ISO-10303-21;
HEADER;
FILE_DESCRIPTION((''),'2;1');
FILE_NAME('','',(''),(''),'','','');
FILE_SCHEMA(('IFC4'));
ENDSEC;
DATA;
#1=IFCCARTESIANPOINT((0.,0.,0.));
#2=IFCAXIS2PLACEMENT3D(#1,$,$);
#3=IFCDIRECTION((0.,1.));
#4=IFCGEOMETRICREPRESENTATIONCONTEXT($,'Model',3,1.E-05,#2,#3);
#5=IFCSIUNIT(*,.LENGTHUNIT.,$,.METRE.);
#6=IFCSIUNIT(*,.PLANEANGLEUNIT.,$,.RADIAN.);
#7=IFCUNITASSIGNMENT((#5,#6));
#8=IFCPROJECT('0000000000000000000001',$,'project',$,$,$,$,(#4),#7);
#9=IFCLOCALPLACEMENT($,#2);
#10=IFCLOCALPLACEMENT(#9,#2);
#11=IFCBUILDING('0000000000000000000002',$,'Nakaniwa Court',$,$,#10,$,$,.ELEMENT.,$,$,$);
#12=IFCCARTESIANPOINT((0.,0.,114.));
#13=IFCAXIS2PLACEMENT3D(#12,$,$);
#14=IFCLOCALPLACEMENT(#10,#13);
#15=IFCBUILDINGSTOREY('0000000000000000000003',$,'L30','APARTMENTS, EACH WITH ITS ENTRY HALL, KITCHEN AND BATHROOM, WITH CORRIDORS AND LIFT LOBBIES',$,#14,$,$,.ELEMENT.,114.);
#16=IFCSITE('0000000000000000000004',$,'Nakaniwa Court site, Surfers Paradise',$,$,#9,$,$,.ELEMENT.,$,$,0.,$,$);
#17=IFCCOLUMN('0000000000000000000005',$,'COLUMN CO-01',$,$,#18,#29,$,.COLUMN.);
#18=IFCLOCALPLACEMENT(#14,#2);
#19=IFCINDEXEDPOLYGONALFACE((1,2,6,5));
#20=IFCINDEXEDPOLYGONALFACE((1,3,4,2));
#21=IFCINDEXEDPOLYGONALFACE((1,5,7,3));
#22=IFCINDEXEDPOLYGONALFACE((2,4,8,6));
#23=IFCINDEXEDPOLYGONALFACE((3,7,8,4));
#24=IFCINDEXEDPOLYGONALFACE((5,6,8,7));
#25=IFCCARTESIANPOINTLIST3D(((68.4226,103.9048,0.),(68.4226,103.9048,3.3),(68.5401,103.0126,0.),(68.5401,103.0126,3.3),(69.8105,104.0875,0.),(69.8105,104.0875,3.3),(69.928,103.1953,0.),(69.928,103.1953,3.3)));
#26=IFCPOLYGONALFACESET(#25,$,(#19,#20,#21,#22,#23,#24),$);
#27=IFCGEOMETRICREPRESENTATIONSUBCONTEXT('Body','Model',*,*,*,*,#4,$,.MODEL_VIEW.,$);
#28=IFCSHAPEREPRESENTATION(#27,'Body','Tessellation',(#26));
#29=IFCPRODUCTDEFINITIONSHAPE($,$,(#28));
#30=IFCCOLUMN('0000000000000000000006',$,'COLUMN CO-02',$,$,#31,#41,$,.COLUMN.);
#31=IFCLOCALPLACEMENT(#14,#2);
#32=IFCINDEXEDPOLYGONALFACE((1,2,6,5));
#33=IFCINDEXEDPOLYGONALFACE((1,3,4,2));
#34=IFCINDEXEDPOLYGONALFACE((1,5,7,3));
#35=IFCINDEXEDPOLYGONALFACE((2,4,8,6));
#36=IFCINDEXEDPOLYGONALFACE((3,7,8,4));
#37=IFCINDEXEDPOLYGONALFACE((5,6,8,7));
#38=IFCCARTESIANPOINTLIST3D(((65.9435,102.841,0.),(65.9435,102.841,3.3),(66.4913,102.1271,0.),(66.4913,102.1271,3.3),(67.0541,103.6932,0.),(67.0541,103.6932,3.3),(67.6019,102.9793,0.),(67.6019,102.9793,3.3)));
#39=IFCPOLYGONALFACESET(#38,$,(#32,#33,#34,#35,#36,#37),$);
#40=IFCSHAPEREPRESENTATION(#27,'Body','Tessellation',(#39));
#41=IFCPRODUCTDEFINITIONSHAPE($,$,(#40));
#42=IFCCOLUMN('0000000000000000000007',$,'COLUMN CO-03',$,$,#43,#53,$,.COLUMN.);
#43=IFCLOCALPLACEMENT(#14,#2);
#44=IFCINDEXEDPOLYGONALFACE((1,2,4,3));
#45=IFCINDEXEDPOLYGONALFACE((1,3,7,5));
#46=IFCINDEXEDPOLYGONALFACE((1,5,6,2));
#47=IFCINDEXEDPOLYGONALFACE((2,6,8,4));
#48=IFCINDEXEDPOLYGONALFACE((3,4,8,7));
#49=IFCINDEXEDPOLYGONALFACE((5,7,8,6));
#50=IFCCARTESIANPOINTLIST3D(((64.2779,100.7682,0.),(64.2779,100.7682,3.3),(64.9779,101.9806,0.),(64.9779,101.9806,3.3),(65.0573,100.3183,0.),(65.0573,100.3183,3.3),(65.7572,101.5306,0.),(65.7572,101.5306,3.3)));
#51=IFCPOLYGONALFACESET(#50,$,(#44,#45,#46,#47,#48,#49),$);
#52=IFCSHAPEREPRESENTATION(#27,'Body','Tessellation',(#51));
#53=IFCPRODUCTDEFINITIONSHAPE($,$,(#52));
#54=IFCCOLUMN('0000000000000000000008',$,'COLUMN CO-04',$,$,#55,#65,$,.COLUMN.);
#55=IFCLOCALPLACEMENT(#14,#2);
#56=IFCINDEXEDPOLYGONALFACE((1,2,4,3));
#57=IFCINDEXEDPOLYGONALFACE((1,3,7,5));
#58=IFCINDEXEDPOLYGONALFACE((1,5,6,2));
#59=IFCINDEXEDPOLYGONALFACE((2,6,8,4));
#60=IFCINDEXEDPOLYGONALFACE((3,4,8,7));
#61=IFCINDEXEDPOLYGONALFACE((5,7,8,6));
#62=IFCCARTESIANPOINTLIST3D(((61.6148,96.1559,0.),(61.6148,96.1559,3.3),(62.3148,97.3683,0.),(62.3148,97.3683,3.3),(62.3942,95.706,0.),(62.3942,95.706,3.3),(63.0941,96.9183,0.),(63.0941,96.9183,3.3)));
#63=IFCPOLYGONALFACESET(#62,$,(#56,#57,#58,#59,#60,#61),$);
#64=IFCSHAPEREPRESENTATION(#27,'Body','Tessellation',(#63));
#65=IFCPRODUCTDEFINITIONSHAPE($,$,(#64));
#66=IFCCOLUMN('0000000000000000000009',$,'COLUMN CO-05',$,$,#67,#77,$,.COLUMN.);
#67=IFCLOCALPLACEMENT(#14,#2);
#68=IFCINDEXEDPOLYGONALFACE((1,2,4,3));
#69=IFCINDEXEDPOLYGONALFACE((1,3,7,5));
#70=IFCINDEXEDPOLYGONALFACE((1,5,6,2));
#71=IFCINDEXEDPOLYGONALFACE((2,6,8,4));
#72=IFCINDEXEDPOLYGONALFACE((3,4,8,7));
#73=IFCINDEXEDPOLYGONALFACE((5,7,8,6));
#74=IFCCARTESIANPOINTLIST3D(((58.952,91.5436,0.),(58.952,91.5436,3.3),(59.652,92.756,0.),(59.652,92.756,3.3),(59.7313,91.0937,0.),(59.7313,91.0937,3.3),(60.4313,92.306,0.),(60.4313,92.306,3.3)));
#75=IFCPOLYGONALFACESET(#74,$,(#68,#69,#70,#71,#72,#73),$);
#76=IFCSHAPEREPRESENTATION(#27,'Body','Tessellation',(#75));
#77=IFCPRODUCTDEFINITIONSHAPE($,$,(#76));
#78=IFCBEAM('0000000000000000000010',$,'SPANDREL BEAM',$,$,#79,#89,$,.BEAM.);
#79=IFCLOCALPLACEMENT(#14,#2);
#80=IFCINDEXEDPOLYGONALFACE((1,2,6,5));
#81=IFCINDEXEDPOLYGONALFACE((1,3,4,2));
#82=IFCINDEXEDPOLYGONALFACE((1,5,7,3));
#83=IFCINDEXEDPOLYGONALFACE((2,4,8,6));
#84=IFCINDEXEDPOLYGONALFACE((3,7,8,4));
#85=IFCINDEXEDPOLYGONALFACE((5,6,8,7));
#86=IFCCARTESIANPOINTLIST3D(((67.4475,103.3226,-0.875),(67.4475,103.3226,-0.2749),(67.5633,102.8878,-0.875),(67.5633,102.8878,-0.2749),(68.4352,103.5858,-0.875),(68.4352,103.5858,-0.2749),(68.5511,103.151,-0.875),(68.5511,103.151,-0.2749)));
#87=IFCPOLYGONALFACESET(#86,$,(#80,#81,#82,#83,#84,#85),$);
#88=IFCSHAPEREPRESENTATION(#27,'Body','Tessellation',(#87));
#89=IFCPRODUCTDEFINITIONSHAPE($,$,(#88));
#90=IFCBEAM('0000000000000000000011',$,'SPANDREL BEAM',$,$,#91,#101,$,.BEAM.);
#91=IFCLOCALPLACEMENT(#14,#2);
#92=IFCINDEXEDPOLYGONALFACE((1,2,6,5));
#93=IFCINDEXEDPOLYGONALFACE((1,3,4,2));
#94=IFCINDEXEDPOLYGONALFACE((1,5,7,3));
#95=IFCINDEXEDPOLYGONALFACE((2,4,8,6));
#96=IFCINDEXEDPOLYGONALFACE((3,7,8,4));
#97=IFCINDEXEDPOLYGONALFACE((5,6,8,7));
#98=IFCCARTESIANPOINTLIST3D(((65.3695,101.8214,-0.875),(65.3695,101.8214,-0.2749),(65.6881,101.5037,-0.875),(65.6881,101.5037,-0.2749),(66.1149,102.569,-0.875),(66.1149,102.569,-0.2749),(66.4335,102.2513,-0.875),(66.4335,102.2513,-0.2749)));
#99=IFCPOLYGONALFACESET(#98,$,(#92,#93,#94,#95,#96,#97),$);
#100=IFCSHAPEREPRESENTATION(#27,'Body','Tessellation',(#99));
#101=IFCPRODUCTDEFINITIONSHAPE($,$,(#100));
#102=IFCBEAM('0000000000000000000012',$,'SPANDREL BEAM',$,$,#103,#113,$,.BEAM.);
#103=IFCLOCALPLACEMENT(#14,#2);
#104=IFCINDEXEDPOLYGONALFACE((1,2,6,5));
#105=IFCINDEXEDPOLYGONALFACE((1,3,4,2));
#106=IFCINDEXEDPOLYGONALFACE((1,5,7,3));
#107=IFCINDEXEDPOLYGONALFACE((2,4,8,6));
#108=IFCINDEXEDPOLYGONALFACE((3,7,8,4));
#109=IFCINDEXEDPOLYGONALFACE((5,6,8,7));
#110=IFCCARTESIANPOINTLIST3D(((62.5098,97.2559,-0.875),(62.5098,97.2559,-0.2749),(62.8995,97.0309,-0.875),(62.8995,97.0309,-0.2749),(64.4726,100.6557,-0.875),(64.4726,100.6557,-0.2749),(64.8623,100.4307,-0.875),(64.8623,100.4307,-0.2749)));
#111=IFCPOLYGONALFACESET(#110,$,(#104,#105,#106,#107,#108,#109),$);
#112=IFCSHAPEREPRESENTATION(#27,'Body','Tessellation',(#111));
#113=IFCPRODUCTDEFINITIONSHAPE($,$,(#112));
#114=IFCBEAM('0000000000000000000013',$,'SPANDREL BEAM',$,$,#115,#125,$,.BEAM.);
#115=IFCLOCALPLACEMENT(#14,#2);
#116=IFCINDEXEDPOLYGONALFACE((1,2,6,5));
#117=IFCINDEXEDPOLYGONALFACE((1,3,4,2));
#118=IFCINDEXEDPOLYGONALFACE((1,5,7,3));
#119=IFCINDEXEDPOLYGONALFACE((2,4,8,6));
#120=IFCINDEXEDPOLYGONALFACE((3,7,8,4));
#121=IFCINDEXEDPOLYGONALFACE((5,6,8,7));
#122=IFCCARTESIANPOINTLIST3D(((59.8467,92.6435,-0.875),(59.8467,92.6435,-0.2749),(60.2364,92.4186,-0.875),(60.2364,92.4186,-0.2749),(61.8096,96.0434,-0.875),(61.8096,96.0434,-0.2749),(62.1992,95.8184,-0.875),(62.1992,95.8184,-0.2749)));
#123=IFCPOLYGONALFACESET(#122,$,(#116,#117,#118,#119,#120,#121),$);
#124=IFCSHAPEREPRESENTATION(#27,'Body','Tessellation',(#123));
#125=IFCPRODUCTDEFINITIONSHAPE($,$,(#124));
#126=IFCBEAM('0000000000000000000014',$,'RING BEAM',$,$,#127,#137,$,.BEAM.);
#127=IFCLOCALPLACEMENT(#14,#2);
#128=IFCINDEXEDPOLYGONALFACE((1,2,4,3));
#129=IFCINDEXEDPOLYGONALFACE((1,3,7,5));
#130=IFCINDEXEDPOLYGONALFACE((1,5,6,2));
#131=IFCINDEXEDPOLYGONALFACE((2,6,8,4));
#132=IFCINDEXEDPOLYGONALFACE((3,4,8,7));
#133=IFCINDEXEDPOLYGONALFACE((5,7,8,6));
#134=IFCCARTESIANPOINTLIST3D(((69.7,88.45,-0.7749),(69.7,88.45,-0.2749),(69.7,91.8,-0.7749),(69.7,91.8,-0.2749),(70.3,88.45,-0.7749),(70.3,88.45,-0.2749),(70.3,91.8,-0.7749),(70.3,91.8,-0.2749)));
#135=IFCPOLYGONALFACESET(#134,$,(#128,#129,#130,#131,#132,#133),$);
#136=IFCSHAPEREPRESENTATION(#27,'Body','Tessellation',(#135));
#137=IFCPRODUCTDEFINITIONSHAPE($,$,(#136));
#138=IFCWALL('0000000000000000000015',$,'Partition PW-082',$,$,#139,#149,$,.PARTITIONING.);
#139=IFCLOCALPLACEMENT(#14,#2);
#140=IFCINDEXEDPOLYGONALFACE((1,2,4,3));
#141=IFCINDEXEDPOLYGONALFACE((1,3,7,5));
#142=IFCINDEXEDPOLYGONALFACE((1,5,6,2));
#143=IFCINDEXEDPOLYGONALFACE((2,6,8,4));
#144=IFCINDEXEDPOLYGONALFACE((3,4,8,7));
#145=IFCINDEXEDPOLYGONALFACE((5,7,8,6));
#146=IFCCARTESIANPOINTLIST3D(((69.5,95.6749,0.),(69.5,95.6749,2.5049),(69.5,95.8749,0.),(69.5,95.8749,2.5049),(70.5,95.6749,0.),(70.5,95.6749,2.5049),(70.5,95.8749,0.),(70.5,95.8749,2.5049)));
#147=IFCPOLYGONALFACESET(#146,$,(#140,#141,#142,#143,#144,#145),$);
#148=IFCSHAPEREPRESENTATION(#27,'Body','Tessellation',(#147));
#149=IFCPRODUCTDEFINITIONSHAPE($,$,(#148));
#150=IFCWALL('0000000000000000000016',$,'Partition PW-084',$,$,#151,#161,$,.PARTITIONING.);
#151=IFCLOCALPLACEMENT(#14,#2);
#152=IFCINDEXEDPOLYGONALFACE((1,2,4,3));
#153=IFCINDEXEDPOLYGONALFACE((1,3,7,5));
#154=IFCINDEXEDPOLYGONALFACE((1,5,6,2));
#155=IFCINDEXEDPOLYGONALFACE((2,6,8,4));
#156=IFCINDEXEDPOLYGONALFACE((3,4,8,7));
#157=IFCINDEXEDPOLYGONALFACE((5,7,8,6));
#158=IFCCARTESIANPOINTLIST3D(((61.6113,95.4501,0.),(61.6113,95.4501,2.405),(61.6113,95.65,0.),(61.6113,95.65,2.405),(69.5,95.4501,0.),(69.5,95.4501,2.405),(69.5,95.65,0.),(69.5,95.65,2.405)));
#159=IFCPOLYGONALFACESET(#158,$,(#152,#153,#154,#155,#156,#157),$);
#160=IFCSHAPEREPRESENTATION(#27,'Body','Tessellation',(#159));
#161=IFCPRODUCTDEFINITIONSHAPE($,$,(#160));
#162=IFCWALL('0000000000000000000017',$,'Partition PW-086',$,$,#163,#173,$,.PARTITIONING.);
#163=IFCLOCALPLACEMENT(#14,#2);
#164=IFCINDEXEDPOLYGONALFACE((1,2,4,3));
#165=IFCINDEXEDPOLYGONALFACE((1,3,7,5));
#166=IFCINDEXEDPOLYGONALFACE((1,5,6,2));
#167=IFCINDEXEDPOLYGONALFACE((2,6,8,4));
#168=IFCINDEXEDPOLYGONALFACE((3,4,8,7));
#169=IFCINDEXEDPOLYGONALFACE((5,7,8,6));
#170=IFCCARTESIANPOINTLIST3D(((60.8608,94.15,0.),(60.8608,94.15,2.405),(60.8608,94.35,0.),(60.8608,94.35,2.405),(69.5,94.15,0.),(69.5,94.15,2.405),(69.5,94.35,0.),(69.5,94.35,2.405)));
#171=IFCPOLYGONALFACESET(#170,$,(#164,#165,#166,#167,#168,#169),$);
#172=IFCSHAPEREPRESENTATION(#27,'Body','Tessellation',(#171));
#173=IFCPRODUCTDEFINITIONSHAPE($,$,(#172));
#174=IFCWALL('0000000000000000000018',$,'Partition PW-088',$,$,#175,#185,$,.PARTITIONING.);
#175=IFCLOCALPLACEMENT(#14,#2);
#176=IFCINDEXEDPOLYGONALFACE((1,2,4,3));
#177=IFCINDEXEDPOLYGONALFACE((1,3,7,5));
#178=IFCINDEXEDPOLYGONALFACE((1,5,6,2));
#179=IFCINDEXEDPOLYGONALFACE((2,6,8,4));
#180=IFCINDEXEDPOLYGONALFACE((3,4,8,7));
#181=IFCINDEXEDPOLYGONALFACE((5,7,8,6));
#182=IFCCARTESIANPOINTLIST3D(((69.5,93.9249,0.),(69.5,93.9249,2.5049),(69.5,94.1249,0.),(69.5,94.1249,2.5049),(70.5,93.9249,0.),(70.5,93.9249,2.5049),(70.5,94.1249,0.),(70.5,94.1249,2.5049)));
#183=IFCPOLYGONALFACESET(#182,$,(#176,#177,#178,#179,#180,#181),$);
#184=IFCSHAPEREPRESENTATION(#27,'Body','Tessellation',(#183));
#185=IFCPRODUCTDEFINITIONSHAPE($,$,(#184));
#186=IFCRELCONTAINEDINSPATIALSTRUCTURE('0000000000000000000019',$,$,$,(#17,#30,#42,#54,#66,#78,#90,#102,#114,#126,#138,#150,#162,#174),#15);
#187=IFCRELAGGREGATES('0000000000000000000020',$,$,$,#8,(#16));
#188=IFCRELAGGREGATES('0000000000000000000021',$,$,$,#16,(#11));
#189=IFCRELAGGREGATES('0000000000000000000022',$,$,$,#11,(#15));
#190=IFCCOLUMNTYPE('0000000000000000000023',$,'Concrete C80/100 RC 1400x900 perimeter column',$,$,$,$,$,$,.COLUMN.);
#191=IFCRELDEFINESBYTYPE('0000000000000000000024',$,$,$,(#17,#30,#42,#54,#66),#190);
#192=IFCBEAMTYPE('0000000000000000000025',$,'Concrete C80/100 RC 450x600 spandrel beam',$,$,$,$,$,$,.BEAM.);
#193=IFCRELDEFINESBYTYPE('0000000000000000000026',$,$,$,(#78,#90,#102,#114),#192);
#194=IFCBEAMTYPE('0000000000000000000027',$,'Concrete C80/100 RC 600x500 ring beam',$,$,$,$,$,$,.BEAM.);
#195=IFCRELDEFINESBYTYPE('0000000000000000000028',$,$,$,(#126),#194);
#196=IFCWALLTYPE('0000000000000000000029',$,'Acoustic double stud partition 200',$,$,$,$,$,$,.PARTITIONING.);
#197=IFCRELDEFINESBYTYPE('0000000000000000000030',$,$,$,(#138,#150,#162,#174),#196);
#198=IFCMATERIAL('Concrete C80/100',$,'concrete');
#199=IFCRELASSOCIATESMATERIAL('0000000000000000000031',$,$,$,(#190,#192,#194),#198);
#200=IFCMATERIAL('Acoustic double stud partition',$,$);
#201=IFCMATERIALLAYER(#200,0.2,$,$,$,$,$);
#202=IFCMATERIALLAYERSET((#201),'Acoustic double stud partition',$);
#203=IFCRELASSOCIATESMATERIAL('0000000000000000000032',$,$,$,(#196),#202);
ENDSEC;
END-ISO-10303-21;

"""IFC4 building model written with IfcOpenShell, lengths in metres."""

from ifc_helpers import new_model, si_unit, direction, frame, frame_2d, origin, origin_2d, place, context, subcontext, project, spatial, rectangle, extrude, material, layer, layer_set, material_profile, profile_set, type_object, element, save


model = new_model("IFC4")

# Units and contexts
model_context = context("Model", 3, precision=1e-05, world=origin(), true_north=direction((0.0, 1.0)))
body_context = subcontext(model_context, "Body", "Model", "MODEL_VIEW")
ifc_project = project(units=[si_unit("LENGTHUNIT", "METRE"), si_unit("PLANEANGLEUNIT", "RADIAN")], contexts=[model_context])

# Site, building, storey
site_placement = place(None, origin())
site = spatial("IfcSite", under=ifc_project, at=site_placement, Name="Nakaniwa Court site, Surfers Paradise", CompositionType="ELEMENT", RefElevation=0.0)
building_placement = place(site_placement, origin())
building = spatial("IfcBuilding", under=site, at=building_placement, Name="Nakaniwa Court", CompositionType="ELEMENT")
storey_placement = place(building_placement, frame((0.0, 0.0, 114.0)))
storey = spatial("IfcBuildingStorey", under=building, at=storey_placement, Name="L30", Description="APARTMENTS, EACH WITH ITS ENTRY HALL, KITCHEN AND BATHROOM, WITH CORRIDORS AND LIFT LOBBIES", CompositionType="ELEMENT", Elevation=114.0)

# Columns
ifc_material_1 = material(Name="Concrete C80/100", Category="concrete")
ifc_material_profile_1 = material_profile(ifc_material_1, rectangle(XDim=1.3999, YDim=0.8999, at=origin_2d()), Name="Concrete C80/100 RC 1400x900 perimeter column")
ifc_profile_set_1 = profile_set([ifc_material_profile_1], Name="Concrete C80/100")
column_type = type_object("IfcColumnType", Name="Concrete C80/100 RC 1400x900 perimeter column", PredefinedType="COLUMN", material=ifc_profile_set_1)
for number, where, z_axis, x_axis, name in (
    (1, (69.1753, 103.55, 0.0), (0.0, 0.0, 1.0), (-0.991443, -0.130543, 0.0), "COLUMN CO-01"),
    (2, (66.7727, 102.9102, 0.0), (0.0, 0.0, 1.0), (-0.793364, -0.608748, 0.0), "COLUMN CO-02"),
    (3, (65.0176, 101.1494, 0.0), (0.0, 0.0, 1.0), (-0.5, -0.866025, 0.0), "COLUMN CO-03"),
    (4, (62.3545, 96.5371, 0.0), (0.0, 0.0, 1.0), (-0.5, -0.866025, 0.0), "COLUMN CO-04"),
    (5, (59.6917, 91.9248, 0.0), (0.0, 0.0, 1.0), (-0.5, -0.866025, 0.0), "COLUMN CO-05"),
):
    element("IfcColumn", number, at=place(storey_placement, frame(where, z_axis=z_axis, x_axis=x_axis)), inside=storey, type_object=column_type, Name=name, PredefinedType="COLUMN", context=body_context, shape_type="SweptSolid", body=[
        extrude(rectangle(XDim=1.3999, YDim=0.8999, at=origin_2d()), origin(), (0.0, 0.0, 1.0), 3.3),
    ])

# Beams
ifc_material_profile_2 = material_profile(ifc_material_1, rectangle(XDim=0.45, YDim=0.6001, at=origin_2d()), Name="Concrete C80/100 RC 450x600 spandrel beam")
ifc_profile_set_2 = profile_set([ifc_material_profile_2], Name="Concrete C80/100")
beam_type_1 = type_object("IfcBeamType", Name="Concrete C80/100 RC 450x600 spandrel beam", PredefinedType="BEAM", material=ifc_profile_set_2)
beam_1_placement = place(storey_placement, frame((68.4932, 103.3684, -0.575), z_axis=(-0.96629, -0.257455, 0.0), x_axis=(0.257455, -0.96629, 0.0)))
element("IfcBeam", 6, at=beam_1_placement, inside=storey, type_object=beam_type_1, Name="SPANDREL BEAM", PredefinedType="BEAM", context=body_context, shape_type="SweptSolid", body=[
    extrude(rectangle(XDim=0.45, YDim=0.6001, at=origin_2d()), origin(), (0.0, 0.0, 1.0), 1.0222),
])
beam_2_placement = place(storey_placement, frame((66.2742, 102.4102, -0.575), z_axis=(-0.706065, -0.708147, 0.0), x_axis=(0.708147, -0.706065, 0.0)))
element("IfcBeam", 7, at=beam_2_placement, inside=storey, type_object=beam_type_1, Name="SPANDREL BEAM", PredefinedType="BEAM", context=body_context, shape_type="SweptSolid", body=[
    extrude(rectangle(XDim=0.45, YDim=0.6001, at=origin_2d()), origin(), (0.0, 0.0, 1.0), 1.0557),
])
for number, where, z_axis, x_axis, name in (
    (8, (64.6675, 100.5432, -0.575), (-0.499992, -0.86603, 0.0), (0.86603, -0.499992, 0.0), "SPANDREL BEAM"),
    (9, (62.0044, 95.9309, -0.575), (-0.499992, -0.86603, 0.0), (0.86603, -0.499992, 0.0), "SPANDREL BEAM"),
):
    element("IfcBeam", number, at=place(storey_placement, frame(where, z_axis=z_axis, x_axis=x_axis)), inside=storey, type_object=beam_type_1, Name=name, PredefinedType="BEAM", context=body_context, shape_type="SweptSolid", body=[
        extrude(rectangle(XDim=0.45, YDim=0.6001, at=origin_2d()), origin(), (0.0, 0.0, 1.0), 3.9258),
    ])
ifc_material_profile_3 = material_profile(ifc_material_1, rectangle(XDim=0.6001, YDim=0.5, at=origin_2d()), Name="Concrete C80/100 RC 600x500 ring beam")
ifc_profile_set_3 = profile_set([ifc_material_profile_3], Name="Concrete C80/100")
beam_type_2 = type_object("IfcBeamType", Name="Concrete C80/100 RC 600x500 ring beam", PredefinedType="BEAM", material=ifc_profile_set_3)
beam_3_placement = place(storey_placement, frame((70.0, 91.8, -0.5249), z_axis=(0.0, -1.0, 0.0), x_axis=(1.0, 0.0, 0.0)))
element("IfcBeam", 10, at=beam_3_placement, inside=storey, type_object=beam_type_2, Name="RING BEAM", PredefinedType="BEAM", context=body_context, shape_type="SweptSolid", body=[
    extrude(rectangle(XDim=0.6001, YDim=0.5, at=origin_2d()), origin(), (0.0, 0.0, 1.0), 3.3501),
])

# Walls
ifc_material_2 = material(Name="Acoustic double stud partition")
ifc_layer_1 = layer(ifc_material_2, 0.2)
ifc_layer_set_1 = layer_set([ifc_layer_1], Name="Acoustic double stud partition")
wall_type_1 = type_object("IfcWallType", Name="Acoustic double stud partition 200", PredefinedType="PARTITIONING", material=ifc_layer_set_1)
wall_1_placement = place(storey_placement, frame((69.5, 95.7749, 0.0), z_axis=(0.0, 0.0, 1.0), x_axis=(1.0, 0.0, 0.0)))
element("IfcWall", 11, at=wall_1_placement, inside=storey, type_object=wall_type_1, Name="Partition PW-082", PredefinedType="PARTITIONING", context=body_context, shape_type="SweptSolid", body=[
    extrude(rectangle(XDim=1.0, YDim=0.2, at=frame_2d((0.5, 0.0))), origin(), (0.0, 0.0, 1.0), 2.5049),
])
wall_2_placement = place(storey_placement, frame((61.6113, 95.55, 0.0), z_axis=(0.0, 0.0, 1.0), x_axis=(1.0, 0.0, 0.0)))
element("IfcWall", 12, at=wall_2_placement, inside=storey, type_object=wall_type_1, Name="Partition PW-084", PredefinedType="PARTITIONING", context=body_context, shape_type="SweptSolid", body=[
    extrude(rectangle(XDim=7.8887, YDim=0.2, at=frame_2d((3.9443, 0.0))), origin(), (0.0, 0.0, 1.0), 2.405),
])
wall_3_placement = place(storey_placement, frame((60.8608, 94.25, 0.0), z_axis=(0.0, 0.0, 1.0), x_axis=(1.0, 0.0, 0.0)))
element("IfcWall", 13, at=wall_3_placement, inside=storey, type_object=wall_type_1, Name="Partition PW-086", PredefinedType="PARTITIONING", context=body_context, shape_type="SweptSolid", body=[
    extrude(rectangle(XDim=8.6392, YDim=0.2, at=frame_2d((4.3196, 0.0))), origin(), (0.0, 0.0, 1.0), 2.405),
])
wall_4_placement = place(storey_placement, frame((69.5, 94.0249, 0.0), z_axis=(0.0, 0.0, 1.0), x_axis=(1.0, 0.0, 0.0)))
element("IfcWall", 14, at=wall_4_placement, inside=storey, type_object=wall_type_1, Name="Partition PW-088", PredefinedType="PARTITIONING", context=body_context, shape_type="SweptSolid", body=[
    extrude(rectangle(XDim=1.0, YDim=0.2, at=frame_2d((0.5, 0.0))), origin(), (0.0, 0.0, 1.0), 2.5049),
])

save(model, "model.ifc")
